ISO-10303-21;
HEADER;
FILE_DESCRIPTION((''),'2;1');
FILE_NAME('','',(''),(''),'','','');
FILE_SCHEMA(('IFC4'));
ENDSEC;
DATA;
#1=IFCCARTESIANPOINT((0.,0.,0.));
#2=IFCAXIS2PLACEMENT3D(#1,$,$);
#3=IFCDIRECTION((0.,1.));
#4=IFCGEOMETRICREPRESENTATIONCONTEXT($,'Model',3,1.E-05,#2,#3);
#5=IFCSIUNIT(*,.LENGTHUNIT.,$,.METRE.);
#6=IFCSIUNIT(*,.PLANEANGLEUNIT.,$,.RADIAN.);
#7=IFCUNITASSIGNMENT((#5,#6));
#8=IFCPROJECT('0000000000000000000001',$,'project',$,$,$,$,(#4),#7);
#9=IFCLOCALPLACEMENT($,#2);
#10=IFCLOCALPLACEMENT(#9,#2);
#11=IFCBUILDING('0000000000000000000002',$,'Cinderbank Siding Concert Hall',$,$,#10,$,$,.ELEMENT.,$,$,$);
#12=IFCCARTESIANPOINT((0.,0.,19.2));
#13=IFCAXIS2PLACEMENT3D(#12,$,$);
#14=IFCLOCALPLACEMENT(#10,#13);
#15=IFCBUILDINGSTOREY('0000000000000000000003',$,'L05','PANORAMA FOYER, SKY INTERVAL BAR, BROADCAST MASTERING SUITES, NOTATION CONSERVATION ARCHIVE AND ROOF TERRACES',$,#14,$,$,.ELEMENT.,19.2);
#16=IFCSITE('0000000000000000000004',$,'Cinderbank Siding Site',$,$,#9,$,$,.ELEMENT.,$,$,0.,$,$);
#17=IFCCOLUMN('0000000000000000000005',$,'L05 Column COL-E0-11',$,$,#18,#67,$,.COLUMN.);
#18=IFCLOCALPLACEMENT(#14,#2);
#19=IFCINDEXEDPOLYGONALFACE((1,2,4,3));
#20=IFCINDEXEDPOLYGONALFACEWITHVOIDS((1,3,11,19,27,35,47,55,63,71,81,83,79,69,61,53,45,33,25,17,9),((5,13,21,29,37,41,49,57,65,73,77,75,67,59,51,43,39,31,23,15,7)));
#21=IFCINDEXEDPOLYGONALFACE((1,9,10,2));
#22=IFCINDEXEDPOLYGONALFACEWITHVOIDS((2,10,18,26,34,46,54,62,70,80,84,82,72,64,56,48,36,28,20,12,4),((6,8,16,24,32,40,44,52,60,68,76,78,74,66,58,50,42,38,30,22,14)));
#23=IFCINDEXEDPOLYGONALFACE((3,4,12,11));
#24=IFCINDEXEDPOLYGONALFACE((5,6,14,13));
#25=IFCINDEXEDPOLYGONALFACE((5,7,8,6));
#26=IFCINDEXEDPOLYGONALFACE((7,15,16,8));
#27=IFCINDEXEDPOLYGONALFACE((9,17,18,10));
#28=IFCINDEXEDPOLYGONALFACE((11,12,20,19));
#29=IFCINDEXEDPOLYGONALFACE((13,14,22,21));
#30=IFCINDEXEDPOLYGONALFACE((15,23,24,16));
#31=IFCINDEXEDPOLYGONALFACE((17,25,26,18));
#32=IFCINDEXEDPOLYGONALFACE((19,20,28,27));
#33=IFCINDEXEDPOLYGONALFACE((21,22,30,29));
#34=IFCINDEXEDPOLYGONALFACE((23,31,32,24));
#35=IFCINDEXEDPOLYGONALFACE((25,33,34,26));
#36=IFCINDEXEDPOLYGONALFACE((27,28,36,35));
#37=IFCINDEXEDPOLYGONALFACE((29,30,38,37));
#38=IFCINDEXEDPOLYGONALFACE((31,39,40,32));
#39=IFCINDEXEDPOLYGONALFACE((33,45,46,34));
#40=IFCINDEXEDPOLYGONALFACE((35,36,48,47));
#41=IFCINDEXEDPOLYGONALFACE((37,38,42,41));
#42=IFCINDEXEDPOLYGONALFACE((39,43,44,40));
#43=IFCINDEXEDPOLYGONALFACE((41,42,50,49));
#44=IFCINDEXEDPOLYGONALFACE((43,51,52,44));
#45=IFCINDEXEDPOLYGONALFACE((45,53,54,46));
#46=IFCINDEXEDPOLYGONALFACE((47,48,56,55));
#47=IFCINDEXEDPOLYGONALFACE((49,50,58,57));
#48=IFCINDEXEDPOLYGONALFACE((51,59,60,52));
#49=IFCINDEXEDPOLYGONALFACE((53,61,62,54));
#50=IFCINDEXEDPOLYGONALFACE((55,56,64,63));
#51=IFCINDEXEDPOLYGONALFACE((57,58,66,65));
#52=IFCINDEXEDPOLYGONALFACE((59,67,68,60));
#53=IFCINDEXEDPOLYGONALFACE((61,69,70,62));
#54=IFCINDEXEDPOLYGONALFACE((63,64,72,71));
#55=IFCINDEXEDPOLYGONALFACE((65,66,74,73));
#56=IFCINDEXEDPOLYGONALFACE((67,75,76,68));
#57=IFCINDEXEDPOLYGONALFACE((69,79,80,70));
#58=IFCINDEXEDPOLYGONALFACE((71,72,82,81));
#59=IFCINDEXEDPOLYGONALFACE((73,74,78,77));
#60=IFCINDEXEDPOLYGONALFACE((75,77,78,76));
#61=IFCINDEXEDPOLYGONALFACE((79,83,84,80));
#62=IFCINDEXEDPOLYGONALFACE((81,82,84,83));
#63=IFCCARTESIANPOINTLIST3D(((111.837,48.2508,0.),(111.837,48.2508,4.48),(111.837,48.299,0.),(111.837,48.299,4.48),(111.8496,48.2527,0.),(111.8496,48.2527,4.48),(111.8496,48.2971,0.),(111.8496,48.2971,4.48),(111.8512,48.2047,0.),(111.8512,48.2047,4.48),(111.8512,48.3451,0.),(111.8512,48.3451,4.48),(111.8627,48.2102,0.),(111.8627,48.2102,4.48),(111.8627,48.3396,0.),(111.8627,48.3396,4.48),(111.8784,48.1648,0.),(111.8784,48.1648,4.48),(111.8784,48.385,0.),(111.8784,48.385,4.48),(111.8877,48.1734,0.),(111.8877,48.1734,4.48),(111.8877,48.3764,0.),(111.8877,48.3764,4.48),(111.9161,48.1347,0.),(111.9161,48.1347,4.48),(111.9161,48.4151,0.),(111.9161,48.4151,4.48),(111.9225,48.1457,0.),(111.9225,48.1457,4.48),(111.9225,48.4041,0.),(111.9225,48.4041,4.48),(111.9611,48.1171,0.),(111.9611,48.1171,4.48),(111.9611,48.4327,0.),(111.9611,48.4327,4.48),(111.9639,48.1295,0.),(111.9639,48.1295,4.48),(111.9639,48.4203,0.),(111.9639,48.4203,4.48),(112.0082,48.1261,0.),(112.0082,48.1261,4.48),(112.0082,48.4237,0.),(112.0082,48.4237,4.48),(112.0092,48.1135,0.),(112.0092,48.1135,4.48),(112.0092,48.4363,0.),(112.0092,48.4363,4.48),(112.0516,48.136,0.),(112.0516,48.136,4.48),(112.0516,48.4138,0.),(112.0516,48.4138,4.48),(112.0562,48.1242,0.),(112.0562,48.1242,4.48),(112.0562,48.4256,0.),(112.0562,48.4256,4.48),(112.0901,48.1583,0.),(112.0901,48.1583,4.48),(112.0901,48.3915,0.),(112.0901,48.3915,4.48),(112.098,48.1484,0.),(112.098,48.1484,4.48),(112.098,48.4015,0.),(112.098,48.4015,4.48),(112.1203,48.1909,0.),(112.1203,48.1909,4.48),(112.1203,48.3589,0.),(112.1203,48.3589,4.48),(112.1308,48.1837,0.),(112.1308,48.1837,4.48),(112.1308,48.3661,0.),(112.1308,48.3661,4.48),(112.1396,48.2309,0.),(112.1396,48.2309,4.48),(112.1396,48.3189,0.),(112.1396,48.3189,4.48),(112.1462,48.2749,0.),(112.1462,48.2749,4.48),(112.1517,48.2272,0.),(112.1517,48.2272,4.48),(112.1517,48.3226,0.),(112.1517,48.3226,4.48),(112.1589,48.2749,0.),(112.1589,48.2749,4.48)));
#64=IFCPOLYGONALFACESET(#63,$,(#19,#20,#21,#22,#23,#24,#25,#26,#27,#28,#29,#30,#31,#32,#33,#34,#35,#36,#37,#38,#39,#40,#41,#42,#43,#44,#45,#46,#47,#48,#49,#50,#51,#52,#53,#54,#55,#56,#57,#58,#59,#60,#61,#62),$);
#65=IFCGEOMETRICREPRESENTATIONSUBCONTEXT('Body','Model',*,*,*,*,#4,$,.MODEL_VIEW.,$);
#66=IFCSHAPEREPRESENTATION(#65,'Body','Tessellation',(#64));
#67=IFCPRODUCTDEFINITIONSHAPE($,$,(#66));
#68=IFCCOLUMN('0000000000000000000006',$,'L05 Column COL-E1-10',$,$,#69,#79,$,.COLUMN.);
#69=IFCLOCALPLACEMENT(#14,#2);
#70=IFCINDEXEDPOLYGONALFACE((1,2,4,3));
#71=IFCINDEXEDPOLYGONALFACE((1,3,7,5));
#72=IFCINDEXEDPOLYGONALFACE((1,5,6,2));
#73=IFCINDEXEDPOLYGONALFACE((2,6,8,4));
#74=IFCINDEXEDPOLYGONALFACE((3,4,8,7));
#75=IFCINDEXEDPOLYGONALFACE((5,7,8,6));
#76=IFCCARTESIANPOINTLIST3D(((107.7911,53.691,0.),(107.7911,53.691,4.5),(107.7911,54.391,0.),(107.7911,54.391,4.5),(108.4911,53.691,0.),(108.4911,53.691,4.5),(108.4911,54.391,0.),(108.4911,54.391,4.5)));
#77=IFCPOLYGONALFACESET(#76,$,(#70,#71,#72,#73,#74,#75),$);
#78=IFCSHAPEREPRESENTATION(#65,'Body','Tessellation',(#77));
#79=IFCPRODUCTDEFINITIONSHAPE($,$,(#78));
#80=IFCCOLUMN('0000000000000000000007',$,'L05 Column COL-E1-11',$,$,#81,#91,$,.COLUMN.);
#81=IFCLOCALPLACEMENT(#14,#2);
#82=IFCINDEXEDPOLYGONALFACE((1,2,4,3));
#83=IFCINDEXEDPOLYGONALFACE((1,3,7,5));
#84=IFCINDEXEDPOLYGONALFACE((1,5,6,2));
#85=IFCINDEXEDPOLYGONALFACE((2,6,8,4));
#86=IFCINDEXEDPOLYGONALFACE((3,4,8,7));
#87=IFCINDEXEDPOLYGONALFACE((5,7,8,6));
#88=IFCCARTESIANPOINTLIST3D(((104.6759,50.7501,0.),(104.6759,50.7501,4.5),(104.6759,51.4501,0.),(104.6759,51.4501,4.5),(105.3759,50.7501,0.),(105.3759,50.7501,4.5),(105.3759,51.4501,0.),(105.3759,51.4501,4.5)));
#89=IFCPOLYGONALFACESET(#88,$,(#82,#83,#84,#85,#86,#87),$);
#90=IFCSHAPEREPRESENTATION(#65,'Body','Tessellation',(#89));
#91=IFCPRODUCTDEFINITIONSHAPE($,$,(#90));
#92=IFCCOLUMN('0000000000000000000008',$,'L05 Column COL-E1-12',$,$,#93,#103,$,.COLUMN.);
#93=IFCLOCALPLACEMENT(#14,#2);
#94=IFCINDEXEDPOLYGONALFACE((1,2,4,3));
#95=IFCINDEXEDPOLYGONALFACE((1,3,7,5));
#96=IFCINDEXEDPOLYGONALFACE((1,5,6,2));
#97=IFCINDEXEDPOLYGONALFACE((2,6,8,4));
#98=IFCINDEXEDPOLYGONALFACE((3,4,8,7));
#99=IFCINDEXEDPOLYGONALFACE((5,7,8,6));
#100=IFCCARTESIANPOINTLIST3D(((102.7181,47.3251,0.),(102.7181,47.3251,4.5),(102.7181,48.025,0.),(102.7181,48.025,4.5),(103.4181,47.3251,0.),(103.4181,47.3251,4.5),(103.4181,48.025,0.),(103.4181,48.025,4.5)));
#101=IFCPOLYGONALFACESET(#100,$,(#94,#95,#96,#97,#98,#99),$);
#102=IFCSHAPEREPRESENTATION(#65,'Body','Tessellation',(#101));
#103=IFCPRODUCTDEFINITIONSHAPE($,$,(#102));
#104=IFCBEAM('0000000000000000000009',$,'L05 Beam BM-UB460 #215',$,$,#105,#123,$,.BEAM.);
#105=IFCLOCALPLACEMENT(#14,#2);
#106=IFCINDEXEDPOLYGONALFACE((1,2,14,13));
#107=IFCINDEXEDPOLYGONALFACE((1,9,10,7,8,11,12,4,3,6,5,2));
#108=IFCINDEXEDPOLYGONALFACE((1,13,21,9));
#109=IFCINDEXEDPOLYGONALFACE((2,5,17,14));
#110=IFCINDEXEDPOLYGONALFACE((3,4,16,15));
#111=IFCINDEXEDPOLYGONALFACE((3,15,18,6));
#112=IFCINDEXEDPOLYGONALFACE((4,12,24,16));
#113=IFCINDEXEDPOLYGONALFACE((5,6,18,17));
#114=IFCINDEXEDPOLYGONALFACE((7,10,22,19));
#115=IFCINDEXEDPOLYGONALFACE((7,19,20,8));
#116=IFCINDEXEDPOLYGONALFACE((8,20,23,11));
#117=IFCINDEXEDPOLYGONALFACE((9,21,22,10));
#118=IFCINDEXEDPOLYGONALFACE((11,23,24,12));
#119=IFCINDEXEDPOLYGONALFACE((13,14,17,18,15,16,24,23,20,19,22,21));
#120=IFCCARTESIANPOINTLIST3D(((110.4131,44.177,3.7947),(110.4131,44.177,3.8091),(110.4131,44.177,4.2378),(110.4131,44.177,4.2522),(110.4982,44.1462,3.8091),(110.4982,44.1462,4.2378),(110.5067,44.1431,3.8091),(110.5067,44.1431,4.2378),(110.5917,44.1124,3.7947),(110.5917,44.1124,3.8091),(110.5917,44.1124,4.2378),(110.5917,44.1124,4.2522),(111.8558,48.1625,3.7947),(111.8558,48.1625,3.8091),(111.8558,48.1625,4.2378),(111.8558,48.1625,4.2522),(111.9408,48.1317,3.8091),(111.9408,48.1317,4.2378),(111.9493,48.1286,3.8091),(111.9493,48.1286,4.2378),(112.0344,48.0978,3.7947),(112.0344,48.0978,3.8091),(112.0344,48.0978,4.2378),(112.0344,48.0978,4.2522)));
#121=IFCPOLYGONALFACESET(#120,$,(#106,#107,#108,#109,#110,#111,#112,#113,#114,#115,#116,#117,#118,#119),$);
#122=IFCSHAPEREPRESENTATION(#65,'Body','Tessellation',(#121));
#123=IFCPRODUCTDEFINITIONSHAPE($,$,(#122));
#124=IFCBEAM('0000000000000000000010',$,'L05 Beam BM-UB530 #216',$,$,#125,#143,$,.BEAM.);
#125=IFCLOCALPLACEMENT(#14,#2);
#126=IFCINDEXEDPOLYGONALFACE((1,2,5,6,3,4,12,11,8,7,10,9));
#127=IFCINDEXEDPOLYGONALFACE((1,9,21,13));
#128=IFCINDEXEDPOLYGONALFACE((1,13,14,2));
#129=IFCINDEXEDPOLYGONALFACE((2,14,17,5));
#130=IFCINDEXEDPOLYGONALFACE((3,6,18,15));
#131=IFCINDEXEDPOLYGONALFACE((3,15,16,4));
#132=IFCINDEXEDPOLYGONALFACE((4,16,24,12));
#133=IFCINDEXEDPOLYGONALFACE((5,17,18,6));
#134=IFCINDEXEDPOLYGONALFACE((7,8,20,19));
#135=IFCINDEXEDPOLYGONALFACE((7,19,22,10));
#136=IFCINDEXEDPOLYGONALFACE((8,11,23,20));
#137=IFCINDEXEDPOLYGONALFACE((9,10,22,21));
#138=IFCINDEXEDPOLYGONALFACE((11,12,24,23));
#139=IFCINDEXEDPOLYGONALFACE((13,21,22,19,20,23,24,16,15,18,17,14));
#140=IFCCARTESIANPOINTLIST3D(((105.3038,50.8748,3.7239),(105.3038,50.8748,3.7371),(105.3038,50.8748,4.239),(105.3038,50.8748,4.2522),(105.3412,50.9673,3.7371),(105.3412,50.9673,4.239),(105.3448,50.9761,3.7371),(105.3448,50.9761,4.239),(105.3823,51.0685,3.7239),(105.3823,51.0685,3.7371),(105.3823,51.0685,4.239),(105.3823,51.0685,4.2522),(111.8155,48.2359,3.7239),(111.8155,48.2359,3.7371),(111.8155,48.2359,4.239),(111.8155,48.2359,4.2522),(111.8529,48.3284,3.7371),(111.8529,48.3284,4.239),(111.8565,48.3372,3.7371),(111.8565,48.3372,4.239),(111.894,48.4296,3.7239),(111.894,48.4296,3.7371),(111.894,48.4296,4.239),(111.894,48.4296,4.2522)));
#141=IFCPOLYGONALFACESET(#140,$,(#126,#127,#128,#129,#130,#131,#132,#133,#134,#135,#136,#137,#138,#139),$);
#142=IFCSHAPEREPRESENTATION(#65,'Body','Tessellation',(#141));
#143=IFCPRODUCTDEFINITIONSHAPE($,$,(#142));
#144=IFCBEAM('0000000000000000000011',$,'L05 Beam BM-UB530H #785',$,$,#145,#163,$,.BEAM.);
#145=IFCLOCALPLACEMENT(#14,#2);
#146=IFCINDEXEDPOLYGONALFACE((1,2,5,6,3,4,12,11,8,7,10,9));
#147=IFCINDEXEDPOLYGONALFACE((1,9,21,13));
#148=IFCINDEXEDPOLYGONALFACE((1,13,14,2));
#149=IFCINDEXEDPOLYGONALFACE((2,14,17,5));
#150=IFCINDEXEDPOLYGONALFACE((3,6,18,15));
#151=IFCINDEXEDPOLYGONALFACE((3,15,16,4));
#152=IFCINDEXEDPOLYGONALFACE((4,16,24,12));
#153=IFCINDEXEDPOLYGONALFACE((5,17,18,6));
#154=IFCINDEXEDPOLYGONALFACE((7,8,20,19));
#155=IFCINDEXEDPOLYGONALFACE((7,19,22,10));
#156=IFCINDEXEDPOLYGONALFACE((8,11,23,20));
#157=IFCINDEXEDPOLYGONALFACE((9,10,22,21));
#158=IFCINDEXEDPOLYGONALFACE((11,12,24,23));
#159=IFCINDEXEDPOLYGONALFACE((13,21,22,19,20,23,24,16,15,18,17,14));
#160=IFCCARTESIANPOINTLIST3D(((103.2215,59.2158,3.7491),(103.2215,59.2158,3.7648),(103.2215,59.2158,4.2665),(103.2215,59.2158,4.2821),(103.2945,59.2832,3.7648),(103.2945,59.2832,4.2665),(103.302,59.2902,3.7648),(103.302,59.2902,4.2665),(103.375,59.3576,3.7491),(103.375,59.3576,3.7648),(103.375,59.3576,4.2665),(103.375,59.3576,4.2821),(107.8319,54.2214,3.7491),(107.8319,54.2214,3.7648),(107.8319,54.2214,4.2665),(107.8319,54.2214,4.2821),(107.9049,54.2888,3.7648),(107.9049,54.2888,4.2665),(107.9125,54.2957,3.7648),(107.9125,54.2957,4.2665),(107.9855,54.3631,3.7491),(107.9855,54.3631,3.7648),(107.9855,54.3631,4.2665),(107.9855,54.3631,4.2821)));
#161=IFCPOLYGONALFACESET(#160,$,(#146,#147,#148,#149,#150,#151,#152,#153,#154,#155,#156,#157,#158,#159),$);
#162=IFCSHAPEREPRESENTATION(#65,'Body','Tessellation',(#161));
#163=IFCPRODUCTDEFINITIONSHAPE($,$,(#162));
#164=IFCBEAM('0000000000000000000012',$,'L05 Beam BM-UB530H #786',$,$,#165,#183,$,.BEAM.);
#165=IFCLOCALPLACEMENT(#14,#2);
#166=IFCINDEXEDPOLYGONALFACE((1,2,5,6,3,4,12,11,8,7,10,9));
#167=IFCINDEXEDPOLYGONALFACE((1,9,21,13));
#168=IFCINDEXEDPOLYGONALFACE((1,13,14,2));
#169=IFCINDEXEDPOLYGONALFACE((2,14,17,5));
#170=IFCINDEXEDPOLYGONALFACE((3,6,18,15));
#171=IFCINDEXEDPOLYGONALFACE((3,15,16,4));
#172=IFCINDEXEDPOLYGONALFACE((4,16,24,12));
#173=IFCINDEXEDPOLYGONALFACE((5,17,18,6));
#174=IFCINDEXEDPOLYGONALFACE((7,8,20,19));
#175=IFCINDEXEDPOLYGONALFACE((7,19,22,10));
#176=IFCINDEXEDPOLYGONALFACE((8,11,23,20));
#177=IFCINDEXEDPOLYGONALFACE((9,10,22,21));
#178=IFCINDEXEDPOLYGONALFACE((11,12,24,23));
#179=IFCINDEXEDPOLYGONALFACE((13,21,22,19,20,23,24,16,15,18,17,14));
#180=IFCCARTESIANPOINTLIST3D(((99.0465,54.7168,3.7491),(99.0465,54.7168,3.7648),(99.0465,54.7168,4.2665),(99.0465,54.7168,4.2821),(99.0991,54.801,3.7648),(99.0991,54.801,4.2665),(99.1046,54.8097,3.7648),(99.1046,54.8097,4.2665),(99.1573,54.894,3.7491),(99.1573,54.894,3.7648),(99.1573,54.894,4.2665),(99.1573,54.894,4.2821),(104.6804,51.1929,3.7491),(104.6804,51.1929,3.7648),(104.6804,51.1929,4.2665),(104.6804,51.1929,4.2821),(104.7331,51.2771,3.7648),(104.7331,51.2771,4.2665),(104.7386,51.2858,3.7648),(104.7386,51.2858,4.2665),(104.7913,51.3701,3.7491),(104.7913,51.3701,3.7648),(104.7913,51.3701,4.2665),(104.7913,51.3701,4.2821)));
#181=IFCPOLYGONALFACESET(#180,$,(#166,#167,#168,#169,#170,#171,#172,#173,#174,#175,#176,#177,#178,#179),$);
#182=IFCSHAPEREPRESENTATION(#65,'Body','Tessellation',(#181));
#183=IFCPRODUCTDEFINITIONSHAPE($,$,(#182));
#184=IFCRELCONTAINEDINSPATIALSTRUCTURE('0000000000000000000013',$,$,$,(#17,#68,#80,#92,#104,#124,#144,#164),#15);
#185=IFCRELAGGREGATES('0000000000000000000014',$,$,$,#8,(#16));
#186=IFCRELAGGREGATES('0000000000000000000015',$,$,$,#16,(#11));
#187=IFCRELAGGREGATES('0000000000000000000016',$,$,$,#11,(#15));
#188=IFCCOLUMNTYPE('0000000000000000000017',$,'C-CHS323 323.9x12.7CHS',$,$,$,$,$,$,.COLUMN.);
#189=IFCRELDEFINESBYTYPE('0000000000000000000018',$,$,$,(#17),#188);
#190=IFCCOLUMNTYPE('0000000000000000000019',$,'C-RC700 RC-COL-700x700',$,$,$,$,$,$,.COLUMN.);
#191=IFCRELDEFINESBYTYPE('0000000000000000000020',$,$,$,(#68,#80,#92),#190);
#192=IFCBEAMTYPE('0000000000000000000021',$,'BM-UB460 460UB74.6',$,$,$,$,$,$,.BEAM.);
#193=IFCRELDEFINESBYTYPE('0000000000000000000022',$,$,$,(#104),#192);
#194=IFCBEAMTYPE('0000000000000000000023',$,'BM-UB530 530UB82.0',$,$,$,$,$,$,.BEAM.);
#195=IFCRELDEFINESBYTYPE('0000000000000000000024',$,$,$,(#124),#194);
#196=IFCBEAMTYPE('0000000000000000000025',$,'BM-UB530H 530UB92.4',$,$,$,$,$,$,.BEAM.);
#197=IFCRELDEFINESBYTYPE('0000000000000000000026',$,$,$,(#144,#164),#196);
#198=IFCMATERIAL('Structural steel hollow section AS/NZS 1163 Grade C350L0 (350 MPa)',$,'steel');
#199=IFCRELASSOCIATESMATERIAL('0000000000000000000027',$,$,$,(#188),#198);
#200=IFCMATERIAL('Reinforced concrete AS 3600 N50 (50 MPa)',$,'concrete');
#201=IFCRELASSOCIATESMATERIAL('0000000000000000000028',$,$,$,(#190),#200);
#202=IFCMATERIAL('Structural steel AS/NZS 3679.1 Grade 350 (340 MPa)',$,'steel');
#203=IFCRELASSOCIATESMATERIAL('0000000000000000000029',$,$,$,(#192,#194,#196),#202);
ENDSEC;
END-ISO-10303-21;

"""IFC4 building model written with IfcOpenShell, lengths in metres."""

from ifc_helpers import new_model, si_unit, direction, frame, origin, origin_2d, place, context, subcontext, project, spatial, rectangle, hollow_circle, i_section, extrude, material, material_profile, profile_set, type_object, element, save


model = new_model("IFC4")

# Units and contexts
model_context = context("Model", 3, precision=1e-05, world=origin(), true_north=direction((0.0, 1.0)))
body_context = subcontext(model_context, "Body", "Model", "MODEL_VIEW")
ifc_project = project(units=[si_unit("LENGTHUNIT", "METRE"), si_unit("PLANEANGLEUNIT", "RADIAN")], contexts=[model_context])

# Site, building, storey
site_placement = place(None, origin())
site = spatial("IfcSite", under=ifc_project, at=site_placement, Name="Cinderbank Siding Site", CompositionType="ELEMENT", RefElevation=0.0)
building_placement = place(site_placement, origin())
building = spatial("IfcBuilding", under=site, at=building_placement, Name="Cinderbank Siding Concert Hall", CompositionType="ELEMENT")
storey_placement = place(building_placement, frame((0.0, 0.0, 19.2)))
storey = spatial("IfcBuildingStorey", under=building, at=storey_placement, Name="L05", Description="PANORAMA FOYER, SKY INTERVAL BAR, BROADCAST MASTERING SUITES, NOTATION CONSERVATION ARCHIVE AND ROOF TERRACES", CompositionType="ELEMENT", Elevation=19.2)

# Columns
ifc_material_1 = material(Name="Structural steel hollow section AS/NZS 1163 Grade C350L0 (350 MPa)", Category="steel")
ifc_material_profile_1 = material_profile(ifc_material_1, hollow_circle(Radius=0.1619, WallThickness=0.0127, at=origin_2d()), Name="323.9x12.7CHS", Category="LoadBearing")
ifc_profile_set_1 = profile_set([ifc_material_profile_1], Name="Structural steel hollow section AS/NZS 1163 Grade C350L0 (350 MPa)")
column_type_1 = type_object("IfcColumnType", Name="C-CHS323 323.9x12.7CHS", PredefinedType="COLUMN", material=ifc_profile_set_1)
column_placement = place(storey_placement, frame((111.9971, 48.2749, 0.0), z_axis=(0.0, 0.0, 1.0), x_axis=(1.0, 0.0, 0.0)))
element("IfcColumn", 1, at=column_placement, inside=storey, type_object=column_type_1, Name="L05 Column COL-E0-11", PredefinedType="COLUMN", context=body_context, shape_type="SweptSolid", body=[
    extrude(hollow_circle(Radius=0.1619, WallThickness=0.0127, at=origin_2d()), origin(), (0.0, 0.0, 1.0), 4.48),
])
ifc_material_2 = material(Name="Reinforced concrete AS 3600 N50 (50 MPa)", Category="concrete")
ifc_material_profile_2 = material_profile(ifc_material_2, rectangle(XDim=0.7, YDim=0.7, at=origin_2d()), Name="RC-COL-700x700", Category="LoadBearing")
ifc_profile_set_2 = profile_set([ifc_material_profile_2], Name="Reinforced concrete AS 3600 N50 (50 MPa)")
column_type_2 = type_object("IfcColumnType", Name="C-RC700 RC-COL-700x700", PredefinedType="COLUMN", material=ifc_profile_set_2)
for number, where, z_axis, x_axis, name in (
    (2, (108.1411, 54.041, 0.0), (0.0, 0.0, 1.0), (1.0, 0.0, 0.0), "L05 Column COL-E1-10"),
    (3, (105.0259, 51.1001, 0.0), (0.0, 0.0, 1.0), (1.0, 0.0, 0.0), "L05 Column COL-E1-11"),
    (4, (103.0681, 47.675, 0.0), (0.0, 0.0, 1.0), (1.0, 0.0, 0.0), "L05 Column COL-E1-12"),
):
    element("IfcColumn", number, at=place(storey_placement, frame(where, z_axis=z_axis, x_axis=x_axis)), inside=storey, type_object=column_type_2, Name=name, PredefinedType="COLUMN", context=body_context, shape_type="SweptSolid", body=[
        extrude(rectangle(XDim=0.7, YDim=0.7, at=origin_2d()), origin(), (0.0, 0.0, 1.0), 4.5),
    ])

# Beams
ifc_material_3 = material(Name="Structural steel AS/NZS 3679.1 Grade 350 (340 MPa)", Category="steel")
ifc_material_profile_3 = material_profile(ifc_material_3, i_section(OverallWidth=0.1899, OverallDepth=0.4575, WebThickness=0.009, FlangeThickness=0.0144, at=origin_2d()), Name="460UB74.6", Category="LoadBearing")
ifc_profile_set_3 = profile_set([ifc_material_profile_3], Name="Structural steel AS/NZS 3679.1 Grade 350 (340 MPa)")
beam_type_1 = type_object("IfcBeamType", Name="BM-UB460 460UB74.6", PredefinedType="BEAM", material=ifc_profile_set_3)
beam_1_placement = place(storey_placement, frame((111.9451, 48.1301, 4.0234), z_axis=(-0.340369, -0.940292, 0.0), x_axis=(0.940292, -0.340369, 0.0)))
element("IfcBeam", 5, at=beam_1_placement, inside=storey, type_object=beam_type_1, Name="L05 Beam BM-UB460 #215", PredefinedType="BEAM", context=body_context, shape_type="SweptSolid", body=[
    extrude(i_section(OverallWidth=0.1899, OverallDepth=0.4575, WebThickness=0.009, FlangeThickness=0.0144, at=origin_2d()), origin(), (0.0, 0.0, 1.0), 4.2385),
])
ifc_material_profile_4 = material_profile(ifc_material_3, i_section(OverallWidth=0.209, OverallDepth=0.5283, WebThickness=0.0095, FlangeThickness=0.0132, at=origin_2d()), Name="530UB82.0", Category="LoadBearing")
ifc_profile_set_4 = profile_set([ifc_material_profile_4], Name="Structural steel AS/NZS 3679.1 Grade 350 (340 MPa)")
beam_type_2 = type_object("IfcBeamType", Name="BM-UB530 530UB82.0", PredefinedType="BEAM", material=ifc_profile_set_4)
beam_2_placement = place(storey_placement, frame((111.8547, 48.3328, 3.988), z_axis=(-0.926787, 0.375587, 0.0), x_axis=(-0.375587, -0.926787, 0.0)))
element("IfcBeam", 6, at=beam_2_placement, inside=storey, type_object=beam_type_2, Name="L05 Beam BM-UB530 #216", PredefinedType="BEAM", context=body_context, shape_type="SweptSolid", body=[
    extrude(i_section(OverallWidth=0.209, OverallDepth=0.5283, WebThickness=0.0095, FlangeThickness=0.0132, at=origin_2d()), origin(), (0.0, 0.0, 1.0), 7.0261),
])
ifc_material_profile_5 = material_profile(ifc_material_3, i_section(OverallWidth=0.209, OverallDepth=0.533, WebThickness=0.0103, FlangeThickness=0.0156, at=origin_2d()), Name="530UB92.4", Category="LoadBearing")
ifc_profile_set_5 = profile_set([ifc_material_profile_5], Name="Structural steel AS/NZS 3679.1 Grade 350 (340 MPa)")
beam_type_3 = type_object("IfcBeamType", Name="BM-UB530H 530UB92.4", PredefinedType="BEAM", material=ifc_profile_set_5)
beam_3_placement = place(storey_placement, frame((107.9087, 54.2922, 4.0156), z_axis=(-0.678292, 0.734792, 0.0), x_axis=(-0.734792, -0.678292, 0.0)))
element("IfcBeam", 7, at=beam_3_placement, inside=storey, type_object=beam_type_3, Name="L05 Beam BM-UB530H #785", PredefinedType="BEAM", context=body_context, shape_type="SweptSolid", body=[
    extrude(i_section(OverallWidth=0.209, OverallDepth=0.533, WebThickness=0.0103, FlangeThickness=0.0156, at=origin_2d()), origin(), (0.0, 0.0, 1.0), 6.7971),
])
beam_4_placement = place(storey_placement, frame((104.7358, 51.2815, 4.0156), z_axis=(-0.847819, 0.530286, 0.0), x_axis=(-0.530286, -0.847819, 0.0)))
element("IfcBeam", 8, at=beam_4_placement, inside=storey, type_object=beam_type_3, Name="L05 Beam BM-UB530H #786", PredefinedType="BEAM", context=body_context, shape_type="SweptSolid", body=[
    extrude(i_section(OverallWidth=0.209, OverallDepth=0.533, WebThickness=0.0103, FlangeThickness=0.0156, at=origin_2d()), origin(), (0.0, 0.0, 1.0), 6.6453),
])

save(model, "model.ifc")
